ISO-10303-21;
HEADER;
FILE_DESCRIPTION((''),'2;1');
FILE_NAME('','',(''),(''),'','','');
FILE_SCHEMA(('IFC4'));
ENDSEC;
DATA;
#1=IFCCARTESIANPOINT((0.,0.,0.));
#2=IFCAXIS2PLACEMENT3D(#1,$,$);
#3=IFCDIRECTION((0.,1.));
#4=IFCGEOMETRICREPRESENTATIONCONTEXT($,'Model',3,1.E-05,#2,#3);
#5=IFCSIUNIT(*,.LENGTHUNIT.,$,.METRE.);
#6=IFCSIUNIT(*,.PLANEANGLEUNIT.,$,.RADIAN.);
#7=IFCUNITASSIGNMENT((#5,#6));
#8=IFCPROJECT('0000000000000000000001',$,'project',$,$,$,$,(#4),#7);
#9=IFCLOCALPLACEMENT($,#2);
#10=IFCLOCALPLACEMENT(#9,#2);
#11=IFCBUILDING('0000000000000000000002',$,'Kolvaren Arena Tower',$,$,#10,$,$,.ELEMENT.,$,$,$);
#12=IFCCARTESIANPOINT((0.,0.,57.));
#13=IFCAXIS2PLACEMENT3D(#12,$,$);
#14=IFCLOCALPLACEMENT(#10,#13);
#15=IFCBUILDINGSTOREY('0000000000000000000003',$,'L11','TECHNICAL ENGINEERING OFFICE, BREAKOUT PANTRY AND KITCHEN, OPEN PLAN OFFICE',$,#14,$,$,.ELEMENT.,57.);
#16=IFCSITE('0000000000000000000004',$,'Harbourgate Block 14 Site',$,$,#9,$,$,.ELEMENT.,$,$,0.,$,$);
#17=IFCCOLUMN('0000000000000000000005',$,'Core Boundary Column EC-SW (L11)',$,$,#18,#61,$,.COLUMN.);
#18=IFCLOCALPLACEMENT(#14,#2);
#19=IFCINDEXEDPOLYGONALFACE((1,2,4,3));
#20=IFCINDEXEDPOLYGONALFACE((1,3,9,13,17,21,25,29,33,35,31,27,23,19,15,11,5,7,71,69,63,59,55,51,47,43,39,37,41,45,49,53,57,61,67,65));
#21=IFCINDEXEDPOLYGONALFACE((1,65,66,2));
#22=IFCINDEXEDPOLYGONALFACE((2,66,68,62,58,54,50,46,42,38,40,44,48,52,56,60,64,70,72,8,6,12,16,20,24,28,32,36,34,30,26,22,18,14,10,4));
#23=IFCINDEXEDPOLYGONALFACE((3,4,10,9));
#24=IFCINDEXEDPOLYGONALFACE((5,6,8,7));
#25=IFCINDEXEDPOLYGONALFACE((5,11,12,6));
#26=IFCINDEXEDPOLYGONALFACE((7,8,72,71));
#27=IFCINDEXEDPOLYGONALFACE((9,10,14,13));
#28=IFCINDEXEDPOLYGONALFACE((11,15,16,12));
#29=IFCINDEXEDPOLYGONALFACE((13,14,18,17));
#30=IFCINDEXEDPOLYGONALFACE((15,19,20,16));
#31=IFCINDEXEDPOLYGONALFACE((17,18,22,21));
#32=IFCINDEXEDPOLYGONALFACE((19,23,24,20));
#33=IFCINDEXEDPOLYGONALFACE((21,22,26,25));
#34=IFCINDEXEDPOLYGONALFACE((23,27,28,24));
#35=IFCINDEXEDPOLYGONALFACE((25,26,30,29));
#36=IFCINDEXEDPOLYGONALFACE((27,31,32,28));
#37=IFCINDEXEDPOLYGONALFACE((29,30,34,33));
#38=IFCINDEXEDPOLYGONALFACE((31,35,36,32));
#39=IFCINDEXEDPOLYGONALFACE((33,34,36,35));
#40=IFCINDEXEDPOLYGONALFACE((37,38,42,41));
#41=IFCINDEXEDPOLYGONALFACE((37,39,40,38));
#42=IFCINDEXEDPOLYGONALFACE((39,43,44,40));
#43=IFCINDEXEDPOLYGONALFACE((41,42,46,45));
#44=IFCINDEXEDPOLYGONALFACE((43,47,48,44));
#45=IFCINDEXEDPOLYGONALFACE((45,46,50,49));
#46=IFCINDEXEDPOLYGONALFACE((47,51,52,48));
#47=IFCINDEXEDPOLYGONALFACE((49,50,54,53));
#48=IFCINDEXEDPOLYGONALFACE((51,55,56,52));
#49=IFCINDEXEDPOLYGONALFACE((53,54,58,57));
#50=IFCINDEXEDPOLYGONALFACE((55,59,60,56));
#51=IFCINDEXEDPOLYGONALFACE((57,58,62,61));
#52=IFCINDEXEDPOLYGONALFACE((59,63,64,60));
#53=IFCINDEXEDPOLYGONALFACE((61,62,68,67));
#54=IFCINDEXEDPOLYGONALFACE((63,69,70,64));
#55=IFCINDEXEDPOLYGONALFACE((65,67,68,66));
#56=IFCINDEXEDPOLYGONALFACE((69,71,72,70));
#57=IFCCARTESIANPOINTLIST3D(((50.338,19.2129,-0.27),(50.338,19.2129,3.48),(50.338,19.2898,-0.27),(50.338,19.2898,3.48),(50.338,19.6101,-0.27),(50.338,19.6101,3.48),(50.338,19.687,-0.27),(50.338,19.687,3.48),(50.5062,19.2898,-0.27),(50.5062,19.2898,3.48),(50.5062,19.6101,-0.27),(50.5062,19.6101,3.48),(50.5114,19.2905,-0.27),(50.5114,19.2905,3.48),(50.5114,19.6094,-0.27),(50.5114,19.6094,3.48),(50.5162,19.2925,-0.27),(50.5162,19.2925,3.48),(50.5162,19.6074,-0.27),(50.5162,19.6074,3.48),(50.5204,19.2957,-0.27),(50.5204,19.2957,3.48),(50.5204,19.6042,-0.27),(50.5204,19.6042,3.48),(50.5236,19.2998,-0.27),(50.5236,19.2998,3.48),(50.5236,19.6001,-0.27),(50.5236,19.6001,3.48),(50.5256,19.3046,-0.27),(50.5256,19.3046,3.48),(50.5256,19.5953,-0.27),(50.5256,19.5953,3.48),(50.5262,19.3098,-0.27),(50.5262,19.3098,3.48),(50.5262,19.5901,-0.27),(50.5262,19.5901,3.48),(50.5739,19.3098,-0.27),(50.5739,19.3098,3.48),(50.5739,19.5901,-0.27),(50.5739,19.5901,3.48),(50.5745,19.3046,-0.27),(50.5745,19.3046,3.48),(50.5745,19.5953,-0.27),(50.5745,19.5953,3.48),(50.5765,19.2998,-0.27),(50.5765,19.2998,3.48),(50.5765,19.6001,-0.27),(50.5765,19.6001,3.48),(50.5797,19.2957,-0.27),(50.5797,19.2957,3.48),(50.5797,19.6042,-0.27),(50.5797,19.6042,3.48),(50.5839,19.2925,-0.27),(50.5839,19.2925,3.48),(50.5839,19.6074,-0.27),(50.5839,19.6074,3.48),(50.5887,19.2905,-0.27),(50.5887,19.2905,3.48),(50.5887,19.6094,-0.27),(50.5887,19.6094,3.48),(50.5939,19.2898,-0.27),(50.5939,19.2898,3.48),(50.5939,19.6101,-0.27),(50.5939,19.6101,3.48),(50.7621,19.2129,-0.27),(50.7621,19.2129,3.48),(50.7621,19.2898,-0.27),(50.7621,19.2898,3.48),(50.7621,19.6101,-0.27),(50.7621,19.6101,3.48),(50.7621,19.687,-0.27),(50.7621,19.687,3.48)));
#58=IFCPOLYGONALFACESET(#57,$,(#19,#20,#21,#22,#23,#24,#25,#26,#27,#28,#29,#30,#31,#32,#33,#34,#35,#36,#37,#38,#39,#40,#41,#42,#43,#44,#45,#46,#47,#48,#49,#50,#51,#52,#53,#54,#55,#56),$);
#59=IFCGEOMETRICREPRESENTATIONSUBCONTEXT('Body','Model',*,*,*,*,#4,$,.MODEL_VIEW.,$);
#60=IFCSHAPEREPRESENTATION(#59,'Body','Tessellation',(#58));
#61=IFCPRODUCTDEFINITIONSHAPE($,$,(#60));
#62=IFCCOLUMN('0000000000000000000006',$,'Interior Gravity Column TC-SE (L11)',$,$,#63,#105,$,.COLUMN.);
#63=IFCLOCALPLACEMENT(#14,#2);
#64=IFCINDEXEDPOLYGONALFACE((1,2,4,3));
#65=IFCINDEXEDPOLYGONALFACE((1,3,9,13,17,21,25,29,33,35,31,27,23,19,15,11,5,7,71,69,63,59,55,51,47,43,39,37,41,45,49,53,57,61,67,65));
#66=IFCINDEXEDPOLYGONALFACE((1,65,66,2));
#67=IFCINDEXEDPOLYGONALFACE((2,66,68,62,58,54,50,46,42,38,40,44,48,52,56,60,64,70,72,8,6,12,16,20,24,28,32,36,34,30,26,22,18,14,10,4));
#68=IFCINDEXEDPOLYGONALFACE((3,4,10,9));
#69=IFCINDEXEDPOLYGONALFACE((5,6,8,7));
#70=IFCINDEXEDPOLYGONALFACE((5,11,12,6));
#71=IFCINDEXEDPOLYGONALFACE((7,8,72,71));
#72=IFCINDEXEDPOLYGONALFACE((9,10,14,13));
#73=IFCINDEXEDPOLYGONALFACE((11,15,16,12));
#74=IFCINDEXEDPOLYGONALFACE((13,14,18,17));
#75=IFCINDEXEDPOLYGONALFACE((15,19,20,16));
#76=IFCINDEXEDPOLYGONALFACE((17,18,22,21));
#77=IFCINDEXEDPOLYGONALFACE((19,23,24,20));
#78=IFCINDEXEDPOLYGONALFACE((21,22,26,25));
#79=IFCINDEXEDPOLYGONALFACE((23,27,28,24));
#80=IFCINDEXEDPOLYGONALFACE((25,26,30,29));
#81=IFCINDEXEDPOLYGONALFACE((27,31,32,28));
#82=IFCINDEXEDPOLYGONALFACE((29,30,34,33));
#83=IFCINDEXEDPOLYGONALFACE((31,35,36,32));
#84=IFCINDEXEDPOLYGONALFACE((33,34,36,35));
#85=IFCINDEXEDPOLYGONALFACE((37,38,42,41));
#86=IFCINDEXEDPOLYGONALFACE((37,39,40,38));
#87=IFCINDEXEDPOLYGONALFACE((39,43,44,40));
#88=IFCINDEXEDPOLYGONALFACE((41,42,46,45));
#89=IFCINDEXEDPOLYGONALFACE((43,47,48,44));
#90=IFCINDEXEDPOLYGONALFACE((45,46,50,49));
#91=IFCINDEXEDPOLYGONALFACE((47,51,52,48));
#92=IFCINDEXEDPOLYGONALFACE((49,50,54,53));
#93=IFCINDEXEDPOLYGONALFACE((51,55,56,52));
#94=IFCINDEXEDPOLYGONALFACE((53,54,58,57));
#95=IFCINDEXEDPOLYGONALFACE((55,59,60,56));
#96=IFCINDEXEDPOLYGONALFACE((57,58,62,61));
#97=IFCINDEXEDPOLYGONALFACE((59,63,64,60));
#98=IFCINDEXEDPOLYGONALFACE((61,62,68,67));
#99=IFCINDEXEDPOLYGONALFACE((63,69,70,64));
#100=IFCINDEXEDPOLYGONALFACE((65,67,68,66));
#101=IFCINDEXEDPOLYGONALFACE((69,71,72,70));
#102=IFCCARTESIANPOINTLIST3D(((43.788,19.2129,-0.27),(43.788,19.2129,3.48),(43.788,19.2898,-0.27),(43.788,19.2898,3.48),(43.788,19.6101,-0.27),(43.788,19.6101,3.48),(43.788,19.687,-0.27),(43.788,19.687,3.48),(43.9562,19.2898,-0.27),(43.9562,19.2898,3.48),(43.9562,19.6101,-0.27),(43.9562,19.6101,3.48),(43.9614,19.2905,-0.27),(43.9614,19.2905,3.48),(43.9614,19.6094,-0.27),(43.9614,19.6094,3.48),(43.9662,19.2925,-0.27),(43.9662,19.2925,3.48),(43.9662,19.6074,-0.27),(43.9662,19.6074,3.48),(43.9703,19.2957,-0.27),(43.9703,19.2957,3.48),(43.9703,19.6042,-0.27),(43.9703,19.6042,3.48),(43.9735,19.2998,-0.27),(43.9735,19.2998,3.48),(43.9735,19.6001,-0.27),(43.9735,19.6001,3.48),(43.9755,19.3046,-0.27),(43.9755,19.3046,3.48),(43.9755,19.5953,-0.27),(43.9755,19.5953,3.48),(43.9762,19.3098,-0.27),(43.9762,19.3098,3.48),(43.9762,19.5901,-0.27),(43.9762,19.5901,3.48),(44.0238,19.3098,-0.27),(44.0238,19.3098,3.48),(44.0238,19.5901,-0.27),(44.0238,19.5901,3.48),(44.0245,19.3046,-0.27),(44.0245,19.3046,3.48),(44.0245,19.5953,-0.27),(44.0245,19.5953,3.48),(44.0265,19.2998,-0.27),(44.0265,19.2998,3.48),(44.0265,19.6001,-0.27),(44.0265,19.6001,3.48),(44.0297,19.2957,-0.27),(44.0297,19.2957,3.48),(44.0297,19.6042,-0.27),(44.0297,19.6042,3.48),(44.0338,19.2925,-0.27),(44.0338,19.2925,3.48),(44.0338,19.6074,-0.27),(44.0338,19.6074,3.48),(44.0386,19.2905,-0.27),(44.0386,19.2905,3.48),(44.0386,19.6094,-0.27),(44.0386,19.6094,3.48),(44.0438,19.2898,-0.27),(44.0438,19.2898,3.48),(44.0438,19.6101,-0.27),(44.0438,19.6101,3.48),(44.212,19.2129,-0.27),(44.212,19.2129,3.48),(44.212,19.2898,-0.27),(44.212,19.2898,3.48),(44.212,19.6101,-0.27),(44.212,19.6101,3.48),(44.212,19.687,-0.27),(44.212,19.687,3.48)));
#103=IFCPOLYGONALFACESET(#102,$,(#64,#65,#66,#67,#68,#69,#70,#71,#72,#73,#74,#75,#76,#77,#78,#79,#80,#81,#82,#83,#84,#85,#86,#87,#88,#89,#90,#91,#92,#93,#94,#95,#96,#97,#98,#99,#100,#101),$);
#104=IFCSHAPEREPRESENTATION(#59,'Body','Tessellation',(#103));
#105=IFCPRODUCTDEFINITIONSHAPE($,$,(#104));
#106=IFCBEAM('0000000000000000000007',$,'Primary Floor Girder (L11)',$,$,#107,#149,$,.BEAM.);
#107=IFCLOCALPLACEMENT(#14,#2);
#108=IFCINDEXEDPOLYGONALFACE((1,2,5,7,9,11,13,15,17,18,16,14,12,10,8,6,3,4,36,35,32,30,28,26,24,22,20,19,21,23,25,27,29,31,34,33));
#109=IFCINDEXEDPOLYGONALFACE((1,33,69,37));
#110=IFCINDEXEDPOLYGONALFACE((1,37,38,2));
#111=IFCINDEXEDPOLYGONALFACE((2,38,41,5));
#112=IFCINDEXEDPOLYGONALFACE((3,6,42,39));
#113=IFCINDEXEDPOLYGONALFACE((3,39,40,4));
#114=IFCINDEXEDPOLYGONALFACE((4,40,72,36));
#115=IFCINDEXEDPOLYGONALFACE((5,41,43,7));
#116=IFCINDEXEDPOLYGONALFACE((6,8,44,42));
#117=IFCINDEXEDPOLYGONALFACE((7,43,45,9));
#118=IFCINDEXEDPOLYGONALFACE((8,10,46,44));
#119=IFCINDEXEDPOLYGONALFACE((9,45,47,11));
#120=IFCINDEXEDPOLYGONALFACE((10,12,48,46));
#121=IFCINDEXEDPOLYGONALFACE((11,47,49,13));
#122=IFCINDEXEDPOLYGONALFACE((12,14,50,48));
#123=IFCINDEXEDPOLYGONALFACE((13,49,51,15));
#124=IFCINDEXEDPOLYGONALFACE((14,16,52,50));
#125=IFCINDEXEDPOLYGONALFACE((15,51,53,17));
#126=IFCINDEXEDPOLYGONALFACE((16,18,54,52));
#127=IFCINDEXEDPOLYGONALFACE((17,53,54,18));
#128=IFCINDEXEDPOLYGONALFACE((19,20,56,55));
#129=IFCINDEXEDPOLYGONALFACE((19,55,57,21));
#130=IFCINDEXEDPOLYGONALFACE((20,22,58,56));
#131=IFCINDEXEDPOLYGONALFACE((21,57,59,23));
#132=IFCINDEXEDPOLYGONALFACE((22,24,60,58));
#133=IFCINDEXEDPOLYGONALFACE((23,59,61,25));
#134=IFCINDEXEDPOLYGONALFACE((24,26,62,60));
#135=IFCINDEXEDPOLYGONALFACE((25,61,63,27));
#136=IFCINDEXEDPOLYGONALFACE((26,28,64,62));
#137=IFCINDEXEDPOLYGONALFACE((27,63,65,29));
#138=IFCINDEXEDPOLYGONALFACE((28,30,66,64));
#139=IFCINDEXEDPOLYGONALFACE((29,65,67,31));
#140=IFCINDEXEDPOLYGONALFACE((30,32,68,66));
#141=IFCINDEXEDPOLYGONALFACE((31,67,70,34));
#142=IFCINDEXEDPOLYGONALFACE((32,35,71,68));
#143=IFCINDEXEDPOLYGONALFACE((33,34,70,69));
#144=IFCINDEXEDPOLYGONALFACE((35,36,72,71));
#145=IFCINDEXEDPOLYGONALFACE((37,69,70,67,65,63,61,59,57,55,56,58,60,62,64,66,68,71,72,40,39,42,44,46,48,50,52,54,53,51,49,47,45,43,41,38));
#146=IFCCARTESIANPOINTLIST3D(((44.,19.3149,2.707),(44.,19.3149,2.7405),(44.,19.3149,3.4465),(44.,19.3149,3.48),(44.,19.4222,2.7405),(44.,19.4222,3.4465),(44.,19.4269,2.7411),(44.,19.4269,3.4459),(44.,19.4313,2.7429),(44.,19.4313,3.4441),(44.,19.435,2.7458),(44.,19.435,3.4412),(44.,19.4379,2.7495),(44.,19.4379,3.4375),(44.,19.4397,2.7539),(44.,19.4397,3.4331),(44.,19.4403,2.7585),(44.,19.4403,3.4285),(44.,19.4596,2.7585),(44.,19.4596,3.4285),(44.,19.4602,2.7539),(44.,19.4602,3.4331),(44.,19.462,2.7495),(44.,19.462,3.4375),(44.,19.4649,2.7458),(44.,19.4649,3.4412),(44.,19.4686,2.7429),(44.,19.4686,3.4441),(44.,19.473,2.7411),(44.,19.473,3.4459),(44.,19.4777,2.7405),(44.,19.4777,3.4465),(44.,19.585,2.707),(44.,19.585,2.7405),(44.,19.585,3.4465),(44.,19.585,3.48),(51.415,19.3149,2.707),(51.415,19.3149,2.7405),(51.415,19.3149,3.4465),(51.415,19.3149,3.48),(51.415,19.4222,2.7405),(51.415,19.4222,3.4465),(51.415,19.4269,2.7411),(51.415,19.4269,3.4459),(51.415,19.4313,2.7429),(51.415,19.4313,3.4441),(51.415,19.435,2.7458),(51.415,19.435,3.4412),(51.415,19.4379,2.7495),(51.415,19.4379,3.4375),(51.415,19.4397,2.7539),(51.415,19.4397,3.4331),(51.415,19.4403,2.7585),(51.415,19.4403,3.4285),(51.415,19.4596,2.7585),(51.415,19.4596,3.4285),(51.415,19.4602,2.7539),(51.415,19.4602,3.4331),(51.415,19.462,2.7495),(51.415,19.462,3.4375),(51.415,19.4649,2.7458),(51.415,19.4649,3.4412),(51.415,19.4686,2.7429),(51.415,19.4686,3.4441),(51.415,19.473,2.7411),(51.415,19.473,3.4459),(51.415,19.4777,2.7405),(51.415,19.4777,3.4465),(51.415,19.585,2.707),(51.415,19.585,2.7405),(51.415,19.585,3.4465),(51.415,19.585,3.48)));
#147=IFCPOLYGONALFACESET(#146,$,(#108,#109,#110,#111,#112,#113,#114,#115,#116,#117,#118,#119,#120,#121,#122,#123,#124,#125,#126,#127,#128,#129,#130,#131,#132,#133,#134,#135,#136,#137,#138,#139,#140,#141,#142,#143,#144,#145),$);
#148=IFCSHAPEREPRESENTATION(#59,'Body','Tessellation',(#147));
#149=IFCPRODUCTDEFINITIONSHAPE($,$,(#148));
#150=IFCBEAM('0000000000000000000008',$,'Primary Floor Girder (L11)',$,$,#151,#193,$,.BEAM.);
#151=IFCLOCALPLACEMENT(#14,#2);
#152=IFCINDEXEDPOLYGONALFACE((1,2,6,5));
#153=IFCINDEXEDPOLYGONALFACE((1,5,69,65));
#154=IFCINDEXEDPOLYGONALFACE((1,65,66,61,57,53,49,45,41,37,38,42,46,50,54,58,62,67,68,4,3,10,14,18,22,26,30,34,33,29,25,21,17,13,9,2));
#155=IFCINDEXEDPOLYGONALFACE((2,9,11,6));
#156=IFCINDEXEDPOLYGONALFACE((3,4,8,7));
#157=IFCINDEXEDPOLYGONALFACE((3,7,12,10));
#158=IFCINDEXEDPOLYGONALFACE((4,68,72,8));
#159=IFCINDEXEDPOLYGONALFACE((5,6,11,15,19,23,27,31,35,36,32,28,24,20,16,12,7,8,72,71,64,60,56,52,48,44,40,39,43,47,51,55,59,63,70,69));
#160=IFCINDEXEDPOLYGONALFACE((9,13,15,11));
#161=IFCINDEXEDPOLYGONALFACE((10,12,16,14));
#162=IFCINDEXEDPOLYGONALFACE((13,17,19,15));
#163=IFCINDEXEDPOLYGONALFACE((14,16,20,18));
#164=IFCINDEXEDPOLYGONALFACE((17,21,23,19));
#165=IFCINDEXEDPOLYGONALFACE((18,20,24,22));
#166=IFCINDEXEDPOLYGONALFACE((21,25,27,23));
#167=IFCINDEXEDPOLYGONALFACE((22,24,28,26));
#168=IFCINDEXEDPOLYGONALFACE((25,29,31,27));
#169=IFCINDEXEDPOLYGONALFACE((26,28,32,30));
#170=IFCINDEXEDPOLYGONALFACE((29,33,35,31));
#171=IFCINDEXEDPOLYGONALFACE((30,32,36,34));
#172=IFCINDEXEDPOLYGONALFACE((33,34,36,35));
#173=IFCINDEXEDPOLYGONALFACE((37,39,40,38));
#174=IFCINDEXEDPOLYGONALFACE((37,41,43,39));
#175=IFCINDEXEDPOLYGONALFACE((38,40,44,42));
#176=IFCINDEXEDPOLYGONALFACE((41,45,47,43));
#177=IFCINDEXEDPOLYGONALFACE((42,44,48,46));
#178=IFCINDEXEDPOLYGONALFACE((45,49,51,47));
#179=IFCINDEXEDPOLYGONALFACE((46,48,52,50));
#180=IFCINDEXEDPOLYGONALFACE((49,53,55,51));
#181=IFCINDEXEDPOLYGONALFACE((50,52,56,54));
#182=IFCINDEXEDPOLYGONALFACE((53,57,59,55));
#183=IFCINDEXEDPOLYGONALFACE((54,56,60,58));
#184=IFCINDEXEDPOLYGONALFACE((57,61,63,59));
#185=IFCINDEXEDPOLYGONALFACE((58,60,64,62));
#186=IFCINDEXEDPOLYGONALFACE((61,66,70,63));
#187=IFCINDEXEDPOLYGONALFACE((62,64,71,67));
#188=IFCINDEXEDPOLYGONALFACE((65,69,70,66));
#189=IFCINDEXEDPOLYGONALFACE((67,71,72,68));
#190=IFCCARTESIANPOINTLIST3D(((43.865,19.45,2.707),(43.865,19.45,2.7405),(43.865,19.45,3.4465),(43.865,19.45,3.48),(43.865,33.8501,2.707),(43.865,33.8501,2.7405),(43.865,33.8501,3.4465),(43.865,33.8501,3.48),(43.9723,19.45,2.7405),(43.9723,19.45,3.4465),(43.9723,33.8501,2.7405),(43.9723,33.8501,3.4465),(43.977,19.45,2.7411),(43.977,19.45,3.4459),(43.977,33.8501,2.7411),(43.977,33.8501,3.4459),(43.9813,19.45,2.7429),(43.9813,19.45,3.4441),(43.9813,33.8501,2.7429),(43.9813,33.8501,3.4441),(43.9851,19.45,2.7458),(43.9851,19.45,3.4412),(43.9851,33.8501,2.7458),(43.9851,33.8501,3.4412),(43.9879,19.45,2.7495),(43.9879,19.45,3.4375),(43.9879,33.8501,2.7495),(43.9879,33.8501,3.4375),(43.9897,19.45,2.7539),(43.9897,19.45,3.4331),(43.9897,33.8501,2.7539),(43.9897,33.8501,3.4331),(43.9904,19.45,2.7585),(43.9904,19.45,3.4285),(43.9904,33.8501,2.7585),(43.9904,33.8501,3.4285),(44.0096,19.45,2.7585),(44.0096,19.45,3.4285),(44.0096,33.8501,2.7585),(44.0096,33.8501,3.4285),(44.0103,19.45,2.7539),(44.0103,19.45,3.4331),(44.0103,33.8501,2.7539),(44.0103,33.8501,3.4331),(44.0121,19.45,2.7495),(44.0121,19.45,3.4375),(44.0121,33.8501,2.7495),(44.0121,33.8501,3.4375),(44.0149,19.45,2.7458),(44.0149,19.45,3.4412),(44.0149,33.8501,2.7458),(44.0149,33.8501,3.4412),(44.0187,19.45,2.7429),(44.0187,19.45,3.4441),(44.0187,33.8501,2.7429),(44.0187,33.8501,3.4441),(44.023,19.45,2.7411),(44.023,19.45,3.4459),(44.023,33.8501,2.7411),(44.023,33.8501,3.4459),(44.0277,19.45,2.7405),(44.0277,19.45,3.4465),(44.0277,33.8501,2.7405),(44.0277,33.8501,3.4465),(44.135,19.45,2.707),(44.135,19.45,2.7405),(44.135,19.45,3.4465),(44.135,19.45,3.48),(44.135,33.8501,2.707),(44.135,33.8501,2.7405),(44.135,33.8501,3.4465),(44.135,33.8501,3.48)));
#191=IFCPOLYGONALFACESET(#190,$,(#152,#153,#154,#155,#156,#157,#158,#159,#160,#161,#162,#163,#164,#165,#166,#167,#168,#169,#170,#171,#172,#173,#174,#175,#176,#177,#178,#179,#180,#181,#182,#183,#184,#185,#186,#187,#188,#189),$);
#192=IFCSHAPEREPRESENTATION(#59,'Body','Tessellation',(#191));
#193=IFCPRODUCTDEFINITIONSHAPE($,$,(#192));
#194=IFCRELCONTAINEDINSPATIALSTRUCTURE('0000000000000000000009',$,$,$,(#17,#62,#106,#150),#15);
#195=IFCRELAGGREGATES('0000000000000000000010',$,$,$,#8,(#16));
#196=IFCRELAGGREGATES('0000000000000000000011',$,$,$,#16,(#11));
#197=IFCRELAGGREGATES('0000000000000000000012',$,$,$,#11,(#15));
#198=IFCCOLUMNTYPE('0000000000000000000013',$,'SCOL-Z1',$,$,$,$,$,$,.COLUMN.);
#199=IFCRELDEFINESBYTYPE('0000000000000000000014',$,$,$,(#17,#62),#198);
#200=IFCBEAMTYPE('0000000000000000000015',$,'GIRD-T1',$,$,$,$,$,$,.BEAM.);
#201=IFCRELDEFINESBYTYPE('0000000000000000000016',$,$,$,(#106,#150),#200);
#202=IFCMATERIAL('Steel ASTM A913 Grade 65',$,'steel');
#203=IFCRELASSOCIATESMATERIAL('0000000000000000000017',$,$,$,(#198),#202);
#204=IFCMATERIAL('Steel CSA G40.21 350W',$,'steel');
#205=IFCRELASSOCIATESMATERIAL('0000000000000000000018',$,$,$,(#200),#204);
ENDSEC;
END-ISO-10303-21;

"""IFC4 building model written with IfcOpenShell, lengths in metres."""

from ifc_helpers import new_model, si_unit, direction, frame, origin, origin_2d, place, context, subcontext, project, spatial, i_section, extrude, material, material_profile, profile_set, type_object, element, save


model = new_model("IFC4")

# Units and contexts
model_context = context("Model", 3, precision=1e-05, world=origin(), true_north=direction((0.0, 1.0)))
body_context = subcontext(model_context, "Body", "Model", "MODEL_VIEW")
ifc_project = project(units=[si_unit("LENGTHUNIT", "METRE"), si_unit("PLANEANGLEUNIT", "RADIAN")], contexts=[model_context])

# Site, building, storey
site_placement = place(None, origin())
site = spatial("IfcSite", under=ifc_project, at=site_placement, Name="Harbourgate Block 14 Site", CompositionType="ELEMENT", RefElevation=0.0)
building_placement = place(site_placement, origin())
building = spatial("IfcBuilding", under=site, at=building_placement, Name="Kolvaren Arena Tower", CompositionType="ELEMENT")
storey_placement = place(building_placement, frame((0.0, 0.0, 57.0)))
storey = spatial("IfcBuildingStorey", under=building, at=storey_placement, Name="L11", Description="TECHNICAL ENGINEERING OFFICE, BREAKOUT PANTRY AND KITCHEN, OPEN PLAN OFFICE", CompositionType="ELEMENT", Elevation=57.0)

# Columns
ifc_material_1 = material(Name="Steel ASTM A913 Grade 65", Category="steel")
ifc_material_profile_1 = material_profile(ifc_material_1, i_section(OverallWidth=0.4241, OverallDepth=0.4741, WebThickness=0.0476, FlangeThickness=0.0769, FilletRadius=0.02, at=origin_2d()), Name="W360x634")
ifc_profile_set_1 = profile_set([ifc_material_profile_1], Name="Steel ASTM A913 Grade 65")
column_type = type_object("IfcColumnType", Name="SCOL-Z1", PredefinedType="COLUMN", material=ifc_profile_set_1)
for number, where, z_axis, x_axis, name in (
    (1, (50.55, 19.45, -0.27), (0.0, 0.0, 1.0), (1.0, 0.0, 0.0), "Core Boundary Column EC-SW (L11)"),
    (2, (44.0, 19.45, -0.27), (0.0, 0.0, 1.0), (1.0, 0.0, 0.0), "Interior Gravity Column TC-SE (L11)"),
):
    element("IfcColumn", number, at=place(storey_placement, frame(where, z_axis=z_axis, x_axis=x_axis)), inside=storey, type_object=column_type, Name=name, PredefinedType="COLUMN", context=body_context, shape_type="SweptSolid", body=[
        extrude(i_section(OverallWidth=0.4241, OverallDepth=0.4741, WebThickness=0.0476, FlangeThickness=0.0769, FilletRadius=0.02, at=origin_2d()), origin(), (0.0, 0.0, 1.0), 3.75),
    ])

# Beams
ifc_material_2 = material(Name="Steel CSA G40.21 350W", Category="steel")
ifc_material_profile_2 = material_profile(ifc_material_2, i_section(OverallWidth=0.27, OverallDepth=0.7729, WebThickness=0.0193, FlangeThickness=0.0334, FilletRadius=0.0181, at=origin_2d()), Name="W760x257")
ifc_profile_set_2 = profile_set([ifc_material_profile_2], Name="Steel CSA G40.21 350W")
beam_type_1 = type_object("IfcBeamType", Name="GIRD-T1", PredefinedType="BEAM", material=ifc_profile_set_2)
beam_1_placement = place(storey_placement, frame((44.0, 19.45, 3.0935), z_axis=(1.0, 0.0, 0.0), x_axis=(0.0, 1.0, 0.0)))
element("IfcBeam", 3, at=beam_1_placement, inside=storey, type_object=beam_type_1, Name="Primary Floor Girder (L11)", PredefinedType="BEAM", context=body_context, shape_type="SweptSolid", body=[
    extrude(i_section(OverallWidth=0.27, OverallDepth=0.7729, WebThickness=0.0193, FlangeThickness=0.0334, FilletRadius=0.0181, at=origin_2d()), origin(), (0.0, 0.0, 1.0), 7.415),
])
beam_2_placement = place(storey_placement, frame((44.0, 19.45, 3.0935), z_axis=(0.0, 1.0, 0.0), x_axis=(-1.0, 0.0, 0.0)))
element("IfcBeam", 4, at=beam_2_placement, inside=storey, type_object=beam_type_1, Name="Primary Floor Girder (L11)", PredefinedType="BEAM", context=body_context, shape_type="SweptSolid", body=[
    extrude(i_section(OverallWidth=0.27, OverallDepth=0.7729, WebThickness=0.0193, FlangeThickness=0.0334, FilletRadius=0.0181, at=origin_2d()), origin(), (0.0, 0.0, 1.0), 14.4001),
])

save(model, "model.ifc")
